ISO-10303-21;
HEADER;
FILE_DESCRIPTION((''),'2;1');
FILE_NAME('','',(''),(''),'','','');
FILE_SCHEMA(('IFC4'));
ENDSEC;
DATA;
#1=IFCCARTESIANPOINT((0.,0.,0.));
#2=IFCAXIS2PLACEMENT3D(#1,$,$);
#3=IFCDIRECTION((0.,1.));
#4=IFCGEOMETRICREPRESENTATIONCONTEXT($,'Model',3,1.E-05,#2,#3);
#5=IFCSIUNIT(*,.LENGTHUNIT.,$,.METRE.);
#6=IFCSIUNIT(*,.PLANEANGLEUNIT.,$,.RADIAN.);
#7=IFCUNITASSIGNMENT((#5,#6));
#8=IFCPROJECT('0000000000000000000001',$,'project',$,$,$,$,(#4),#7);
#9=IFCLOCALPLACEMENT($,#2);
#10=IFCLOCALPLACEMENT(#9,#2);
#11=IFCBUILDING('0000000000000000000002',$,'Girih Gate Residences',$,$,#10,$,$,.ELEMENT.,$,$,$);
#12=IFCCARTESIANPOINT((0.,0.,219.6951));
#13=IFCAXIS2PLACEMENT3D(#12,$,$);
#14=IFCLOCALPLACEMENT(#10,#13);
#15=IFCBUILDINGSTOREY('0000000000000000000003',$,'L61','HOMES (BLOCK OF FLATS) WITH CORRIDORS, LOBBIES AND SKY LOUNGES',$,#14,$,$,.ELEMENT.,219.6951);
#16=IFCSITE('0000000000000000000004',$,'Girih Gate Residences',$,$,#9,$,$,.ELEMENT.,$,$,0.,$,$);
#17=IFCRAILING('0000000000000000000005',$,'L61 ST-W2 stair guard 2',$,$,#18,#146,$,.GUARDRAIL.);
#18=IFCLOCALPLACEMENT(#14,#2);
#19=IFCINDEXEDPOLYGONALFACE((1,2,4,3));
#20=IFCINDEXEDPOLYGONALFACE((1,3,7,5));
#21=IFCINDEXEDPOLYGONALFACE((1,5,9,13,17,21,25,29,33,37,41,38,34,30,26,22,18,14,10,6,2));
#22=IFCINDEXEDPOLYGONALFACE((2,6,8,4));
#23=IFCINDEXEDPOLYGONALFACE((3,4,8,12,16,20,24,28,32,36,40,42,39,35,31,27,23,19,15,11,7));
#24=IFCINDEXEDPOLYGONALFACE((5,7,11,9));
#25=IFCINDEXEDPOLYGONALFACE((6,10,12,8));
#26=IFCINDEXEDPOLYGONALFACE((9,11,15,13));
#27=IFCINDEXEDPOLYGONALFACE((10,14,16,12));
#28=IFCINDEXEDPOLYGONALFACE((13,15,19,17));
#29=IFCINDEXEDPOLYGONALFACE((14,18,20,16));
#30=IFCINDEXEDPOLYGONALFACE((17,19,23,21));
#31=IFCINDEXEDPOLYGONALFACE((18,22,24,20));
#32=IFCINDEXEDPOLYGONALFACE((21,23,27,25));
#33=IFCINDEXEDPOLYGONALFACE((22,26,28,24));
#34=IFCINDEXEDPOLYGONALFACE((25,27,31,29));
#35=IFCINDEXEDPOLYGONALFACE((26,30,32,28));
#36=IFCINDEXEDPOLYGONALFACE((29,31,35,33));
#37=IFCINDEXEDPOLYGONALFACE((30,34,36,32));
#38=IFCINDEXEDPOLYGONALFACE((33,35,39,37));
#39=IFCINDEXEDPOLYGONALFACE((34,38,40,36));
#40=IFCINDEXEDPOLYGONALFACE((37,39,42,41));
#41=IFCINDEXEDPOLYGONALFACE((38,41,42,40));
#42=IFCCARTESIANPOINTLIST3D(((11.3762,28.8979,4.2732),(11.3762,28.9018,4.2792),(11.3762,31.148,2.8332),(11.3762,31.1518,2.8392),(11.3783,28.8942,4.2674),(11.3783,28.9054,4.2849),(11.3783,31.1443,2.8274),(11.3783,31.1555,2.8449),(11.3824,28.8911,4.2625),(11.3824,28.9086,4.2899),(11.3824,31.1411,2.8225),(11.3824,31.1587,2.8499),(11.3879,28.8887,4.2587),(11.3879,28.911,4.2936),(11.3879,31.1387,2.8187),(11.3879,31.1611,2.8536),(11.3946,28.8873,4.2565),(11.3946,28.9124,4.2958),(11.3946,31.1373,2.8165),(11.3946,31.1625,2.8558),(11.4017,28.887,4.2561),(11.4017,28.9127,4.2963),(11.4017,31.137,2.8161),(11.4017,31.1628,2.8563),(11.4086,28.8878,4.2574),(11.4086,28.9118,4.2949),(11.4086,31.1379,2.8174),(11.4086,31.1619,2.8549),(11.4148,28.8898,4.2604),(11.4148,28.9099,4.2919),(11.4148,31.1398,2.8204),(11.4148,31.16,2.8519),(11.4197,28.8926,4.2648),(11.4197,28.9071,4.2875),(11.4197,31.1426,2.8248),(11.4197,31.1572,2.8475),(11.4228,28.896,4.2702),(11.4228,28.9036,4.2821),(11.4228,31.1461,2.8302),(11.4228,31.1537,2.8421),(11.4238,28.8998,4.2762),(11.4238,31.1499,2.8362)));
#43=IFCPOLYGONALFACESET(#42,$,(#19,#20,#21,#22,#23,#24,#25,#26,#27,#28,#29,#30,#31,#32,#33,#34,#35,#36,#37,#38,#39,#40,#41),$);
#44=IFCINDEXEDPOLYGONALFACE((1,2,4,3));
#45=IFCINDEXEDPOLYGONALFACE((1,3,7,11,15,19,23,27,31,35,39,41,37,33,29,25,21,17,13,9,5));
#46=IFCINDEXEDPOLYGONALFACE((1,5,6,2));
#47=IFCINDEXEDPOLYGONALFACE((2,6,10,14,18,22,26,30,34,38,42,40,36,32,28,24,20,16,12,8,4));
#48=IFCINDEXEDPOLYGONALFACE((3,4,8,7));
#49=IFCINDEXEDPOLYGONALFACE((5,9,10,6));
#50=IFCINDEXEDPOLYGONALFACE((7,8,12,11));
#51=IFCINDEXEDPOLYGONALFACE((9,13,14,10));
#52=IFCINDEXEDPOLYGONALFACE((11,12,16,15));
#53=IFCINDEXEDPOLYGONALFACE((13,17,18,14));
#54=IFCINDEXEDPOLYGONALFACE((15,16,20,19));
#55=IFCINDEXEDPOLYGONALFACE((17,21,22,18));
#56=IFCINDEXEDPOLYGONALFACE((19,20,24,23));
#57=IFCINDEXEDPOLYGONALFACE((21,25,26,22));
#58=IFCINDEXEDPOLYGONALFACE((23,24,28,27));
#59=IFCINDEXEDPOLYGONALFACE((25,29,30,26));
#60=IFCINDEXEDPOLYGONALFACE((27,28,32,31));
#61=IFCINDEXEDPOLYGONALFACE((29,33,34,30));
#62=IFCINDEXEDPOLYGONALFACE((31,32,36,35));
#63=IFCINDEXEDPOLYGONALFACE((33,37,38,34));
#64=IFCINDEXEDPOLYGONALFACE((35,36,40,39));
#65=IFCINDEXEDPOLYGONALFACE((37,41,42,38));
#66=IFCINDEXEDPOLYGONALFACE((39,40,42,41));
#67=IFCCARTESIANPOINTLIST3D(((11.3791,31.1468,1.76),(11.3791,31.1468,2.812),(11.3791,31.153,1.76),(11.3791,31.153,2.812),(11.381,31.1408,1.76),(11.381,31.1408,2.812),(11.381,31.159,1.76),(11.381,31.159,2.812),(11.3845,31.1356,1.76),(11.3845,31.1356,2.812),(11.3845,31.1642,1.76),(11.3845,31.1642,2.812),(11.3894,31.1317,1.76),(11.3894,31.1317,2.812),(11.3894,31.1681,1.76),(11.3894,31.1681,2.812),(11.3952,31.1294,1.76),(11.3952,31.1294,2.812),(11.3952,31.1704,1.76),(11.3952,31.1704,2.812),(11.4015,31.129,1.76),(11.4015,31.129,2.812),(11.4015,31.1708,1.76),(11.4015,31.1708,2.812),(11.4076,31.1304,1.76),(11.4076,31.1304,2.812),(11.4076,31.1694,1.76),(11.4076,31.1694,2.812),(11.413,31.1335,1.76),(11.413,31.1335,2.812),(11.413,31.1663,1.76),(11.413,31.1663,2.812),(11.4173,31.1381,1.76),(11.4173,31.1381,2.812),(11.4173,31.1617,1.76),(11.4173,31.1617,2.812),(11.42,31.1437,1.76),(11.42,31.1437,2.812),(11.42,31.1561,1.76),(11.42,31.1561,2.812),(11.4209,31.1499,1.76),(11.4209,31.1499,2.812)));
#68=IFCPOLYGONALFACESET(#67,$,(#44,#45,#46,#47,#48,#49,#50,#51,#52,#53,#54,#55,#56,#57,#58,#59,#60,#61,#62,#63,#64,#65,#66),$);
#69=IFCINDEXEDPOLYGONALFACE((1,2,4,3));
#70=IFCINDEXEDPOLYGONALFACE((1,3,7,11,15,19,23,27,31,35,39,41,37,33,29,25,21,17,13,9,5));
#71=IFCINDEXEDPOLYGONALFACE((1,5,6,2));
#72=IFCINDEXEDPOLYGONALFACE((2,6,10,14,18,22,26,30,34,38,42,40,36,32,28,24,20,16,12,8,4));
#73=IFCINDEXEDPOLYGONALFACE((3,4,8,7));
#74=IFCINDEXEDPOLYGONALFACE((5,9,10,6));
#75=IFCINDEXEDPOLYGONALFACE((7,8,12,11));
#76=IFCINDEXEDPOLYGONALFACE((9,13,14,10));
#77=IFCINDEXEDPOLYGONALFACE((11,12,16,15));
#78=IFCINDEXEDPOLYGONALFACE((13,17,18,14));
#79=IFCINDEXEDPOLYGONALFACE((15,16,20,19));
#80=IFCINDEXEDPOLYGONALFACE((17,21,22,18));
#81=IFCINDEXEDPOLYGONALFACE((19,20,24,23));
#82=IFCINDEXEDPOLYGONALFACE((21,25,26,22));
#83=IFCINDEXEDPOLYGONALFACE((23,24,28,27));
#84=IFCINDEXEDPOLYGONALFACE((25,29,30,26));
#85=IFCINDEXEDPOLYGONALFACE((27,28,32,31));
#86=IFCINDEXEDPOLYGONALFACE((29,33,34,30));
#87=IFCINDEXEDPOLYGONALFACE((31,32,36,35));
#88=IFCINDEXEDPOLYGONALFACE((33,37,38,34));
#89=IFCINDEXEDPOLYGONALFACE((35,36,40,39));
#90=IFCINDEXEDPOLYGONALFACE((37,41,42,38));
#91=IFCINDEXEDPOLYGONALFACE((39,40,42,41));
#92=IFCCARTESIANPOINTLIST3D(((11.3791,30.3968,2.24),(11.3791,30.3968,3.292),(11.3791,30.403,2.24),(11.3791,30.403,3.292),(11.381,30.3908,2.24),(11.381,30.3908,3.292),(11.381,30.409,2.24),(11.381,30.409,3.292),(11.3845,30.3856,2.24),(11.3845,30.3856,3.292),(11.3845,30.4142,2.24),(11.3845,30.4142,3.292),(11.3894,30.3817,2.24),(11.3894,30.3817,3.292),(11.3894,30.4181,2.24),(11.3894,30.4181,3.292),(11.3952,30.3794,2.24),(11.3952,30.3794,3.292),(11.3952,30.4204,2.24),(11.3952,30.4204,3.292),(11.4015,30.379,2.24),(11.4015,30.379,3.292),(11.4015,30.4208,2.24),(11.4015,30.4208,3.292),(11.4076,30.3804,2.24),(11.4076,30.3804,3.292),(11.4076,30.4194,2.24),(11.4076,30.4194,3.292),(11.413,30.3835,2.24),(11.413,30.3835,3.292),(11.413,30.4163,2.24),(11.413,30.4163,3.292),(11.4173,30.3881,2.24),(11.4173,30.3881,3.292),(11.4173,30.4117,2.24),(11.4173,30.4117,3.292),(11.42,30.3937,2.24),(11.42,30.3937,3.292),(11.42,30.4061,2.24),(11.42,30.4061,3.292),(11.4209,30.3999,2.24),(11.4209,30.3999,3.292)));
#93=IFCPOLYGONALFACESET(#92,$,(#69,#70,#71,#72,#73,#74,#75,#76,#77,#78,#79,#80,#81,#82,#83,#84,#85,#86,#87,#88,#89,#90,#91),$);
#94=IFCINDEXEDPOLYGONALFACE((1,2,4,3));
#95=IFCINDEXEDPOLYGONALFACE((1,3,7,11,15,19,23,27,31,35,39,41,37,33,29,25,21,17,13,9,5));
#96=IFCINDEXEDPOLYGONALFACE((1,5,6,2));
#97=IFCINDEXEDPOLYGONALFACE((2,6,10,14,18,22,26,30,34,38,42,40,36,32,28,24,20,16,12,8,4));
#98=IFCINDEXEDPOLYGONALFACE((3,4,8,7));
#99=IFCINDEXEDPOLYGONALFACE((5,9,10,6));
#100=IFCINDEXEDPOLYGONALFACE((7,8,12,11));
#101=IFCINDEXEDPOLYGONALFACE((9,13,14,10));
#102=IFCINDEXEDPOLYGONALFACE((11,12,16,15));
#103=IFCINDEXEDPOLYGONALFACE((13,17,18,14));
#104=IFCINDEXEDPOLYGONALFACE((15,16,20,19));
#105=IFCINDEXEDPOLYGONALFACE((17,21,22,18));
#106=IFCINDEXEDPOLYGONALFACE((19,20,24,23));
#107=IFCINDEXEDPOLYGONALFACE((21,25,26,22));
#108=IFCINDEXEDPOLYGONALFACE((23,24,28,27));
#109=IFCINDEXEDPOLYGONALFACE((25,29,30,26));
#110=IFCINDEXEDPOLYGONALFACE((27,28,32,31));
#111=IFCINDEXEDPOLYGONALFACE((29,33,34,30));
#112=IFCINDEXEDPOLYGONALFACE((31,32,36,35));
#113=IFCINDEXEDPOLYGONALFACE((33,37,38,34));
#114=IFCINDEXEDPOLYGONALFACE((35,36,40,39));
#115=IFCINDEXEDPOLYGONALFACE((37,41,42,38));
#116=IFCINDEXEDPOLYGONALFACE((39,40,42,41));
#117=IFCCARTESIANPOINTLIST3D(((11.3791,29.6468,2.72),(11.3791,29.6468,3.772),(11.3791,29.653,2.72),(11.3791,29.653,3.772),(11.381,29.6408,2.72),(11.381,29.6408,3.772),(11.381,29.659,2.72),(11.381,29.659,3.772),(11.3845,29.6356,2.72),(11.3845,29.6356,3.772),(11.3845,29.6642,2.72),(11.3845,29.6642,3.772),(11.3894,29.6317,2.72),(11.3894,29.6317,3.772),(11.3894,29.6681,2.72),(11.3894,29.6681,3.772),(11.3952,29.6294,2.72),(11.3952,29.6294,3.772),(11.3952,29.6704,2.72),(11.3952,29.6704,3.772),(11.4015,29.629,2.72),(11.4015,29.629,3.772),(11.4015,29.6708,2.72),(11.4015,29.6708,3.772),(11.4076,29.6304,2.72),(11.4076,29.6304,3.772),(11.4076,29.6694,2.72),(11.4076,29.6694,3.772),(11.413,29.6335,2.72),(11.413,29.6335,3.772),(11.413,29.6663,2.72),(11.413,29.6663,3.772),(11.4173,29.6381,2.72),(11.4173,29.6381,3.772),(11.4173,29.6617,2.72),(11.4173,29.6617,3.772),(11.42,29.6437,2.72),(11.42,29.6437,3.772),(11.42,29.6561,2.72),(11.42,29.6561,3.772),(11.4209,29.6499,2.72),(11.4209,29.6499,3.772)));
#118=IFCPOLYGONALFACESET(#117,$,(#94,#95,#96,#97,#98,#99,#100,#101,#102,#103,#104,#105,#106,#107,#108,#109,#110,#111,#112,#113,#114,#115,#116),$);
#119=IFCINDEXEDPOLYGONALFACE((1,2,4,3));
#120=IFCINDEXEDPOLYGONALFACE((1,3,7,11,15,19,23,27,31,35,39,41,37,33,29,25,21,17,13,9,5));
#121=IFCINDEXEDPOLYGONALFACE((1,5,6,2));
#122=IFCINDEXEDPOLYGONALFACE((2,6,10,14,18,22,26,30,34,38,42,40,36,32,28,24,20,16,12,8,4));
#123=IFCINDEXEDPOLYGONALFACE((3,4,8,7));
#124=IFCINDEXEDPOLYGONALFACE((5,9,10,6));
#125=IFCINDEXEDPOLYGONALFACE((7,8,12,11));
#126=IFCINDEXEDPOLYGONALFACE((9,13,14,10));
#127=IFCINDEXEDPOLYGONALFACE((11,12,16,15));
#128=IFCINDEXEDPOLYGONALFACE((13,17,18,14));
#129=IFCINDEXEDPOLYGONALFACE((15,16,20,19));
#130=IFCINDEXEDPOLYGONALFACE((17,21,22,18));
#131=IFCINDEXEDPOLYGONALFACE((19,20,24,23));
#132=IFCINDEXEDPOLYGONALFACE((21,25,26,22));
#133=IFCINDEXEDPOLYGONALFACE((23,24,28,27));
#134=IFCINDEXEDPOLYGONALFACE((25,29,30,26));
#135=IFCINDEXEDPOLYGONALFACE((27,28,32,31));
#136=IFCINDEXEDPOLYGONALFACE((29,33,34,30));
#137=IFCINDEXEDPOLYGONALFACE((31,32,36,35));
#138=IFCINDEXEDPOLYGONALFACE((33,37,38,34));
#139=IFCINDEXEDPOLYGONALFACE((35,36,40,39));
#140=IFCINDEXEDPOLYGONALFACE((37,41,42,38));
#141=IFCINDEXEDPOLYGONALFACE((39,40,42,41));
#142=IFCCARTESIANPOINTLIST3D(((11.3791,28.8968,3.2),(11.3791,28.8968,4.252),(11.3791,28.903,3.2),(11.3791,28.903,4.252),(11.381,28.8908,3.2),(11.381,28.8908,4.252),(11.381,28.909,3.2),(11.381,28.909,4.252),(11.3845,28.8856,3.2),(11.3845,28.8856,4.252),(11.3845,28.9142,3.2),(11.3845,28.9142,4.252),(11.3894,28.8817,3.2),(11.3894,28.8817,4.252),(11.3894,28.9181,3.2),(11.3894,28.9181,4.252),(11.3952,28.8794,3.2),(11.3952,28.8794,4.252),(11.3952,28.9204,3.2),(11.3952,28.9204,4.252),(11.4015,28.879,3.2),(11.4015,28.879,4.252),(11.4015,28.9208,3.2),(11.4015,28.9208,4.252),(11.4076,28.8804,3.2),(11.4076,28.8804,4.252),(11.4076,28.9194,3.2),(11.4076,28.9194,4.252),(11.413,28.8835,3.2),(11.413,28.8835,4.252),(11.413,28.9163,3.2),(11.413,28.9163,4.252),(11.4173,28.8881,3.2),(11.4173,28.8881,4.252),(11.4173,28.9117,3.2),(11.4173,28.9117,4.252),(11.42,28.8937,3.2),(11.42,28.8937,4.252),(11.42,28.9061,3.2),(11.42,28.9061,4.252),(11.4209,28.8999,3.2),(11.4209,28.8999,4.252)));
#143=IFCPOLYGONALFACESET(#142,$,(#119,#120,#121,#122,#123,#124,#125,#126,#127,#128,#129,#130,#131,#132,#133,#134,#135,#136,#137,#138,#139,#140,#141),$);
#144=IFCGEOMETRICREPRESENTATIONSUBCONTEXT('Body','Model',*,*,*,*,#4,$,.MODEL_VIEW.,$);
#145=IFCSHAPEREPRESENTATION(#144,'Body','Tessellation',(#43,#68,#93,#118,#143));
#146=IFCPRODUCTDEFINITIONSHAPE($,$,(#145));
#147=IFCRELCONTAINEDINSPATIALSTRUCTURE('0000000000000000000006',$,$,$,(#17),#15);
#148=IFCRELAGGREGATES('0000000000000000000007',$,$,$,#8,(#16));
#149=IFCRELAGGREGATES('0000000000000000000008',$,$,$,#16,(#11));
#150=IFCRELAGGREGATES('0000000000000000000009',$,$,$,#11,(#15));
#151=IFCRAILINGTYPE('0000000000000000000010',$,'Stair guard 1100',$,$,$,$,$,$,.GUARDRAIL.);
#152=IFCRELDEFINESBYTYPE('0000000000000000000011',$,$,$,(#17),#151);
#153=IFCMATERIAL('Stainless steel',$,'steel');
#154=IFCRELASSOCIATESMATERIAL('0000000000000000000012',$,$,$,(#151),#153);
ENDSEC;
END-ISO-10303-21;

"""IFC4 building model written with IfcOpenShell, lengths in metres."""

from ifc_helpers import new_model, si_unit, direction, frame, origin, origin_2d, place, context, subcontext, project, spatial, circle, extrude, material, type_object, element, save


model = new_model("IFC4")

# Units and contexts
model_context = context("Model", 3, precision=1e-05, world=origin(), true_north=direction((0.0, 1.0)))
body_context = subcontext(model_context, "Body", "Model", "MODEL_VIEW")
ifc_project = project(units=[si_unit("LENGTHUNIT", "METRE"), si_unit("PLANEANGLEUNIT", "RADIAN")], contexts=[model_context])

# Site, building, storey
site_placement = place(None, origin())
site = spatial("IfcSite", under=ifc_project, at=site_placement, Name="Girih Gate Residences", CompositionType="ELEMENT", RefElevation=0.0)
building_placement = place(site_placement, origin())
building = spatial("IfcBuilding", under=site, at=building_placement, Name="Girih Gate Residences", CompositionType="ELEMENT")
storey_placement = place(building_placement, frame((0.0, 0.0, 219.6951)))
storey = spatial("IfcBuildingStorey", under=building, at=storey_placement, Name="L61", Description="HOMES (BLOCK OF FLATS) WITH CORRIDORS, LOBBIES AND SKY LOUNGES", CompositionType="ELEMENT", Elevation=219.6951)

# Railing
ifc_material_1 = material(Name="Stainless steel", Category="steel")
railing_type_1 = type_object("IfcRailingType", Name="Stair guard 1100", PredefinedType="GUARDRAIL", material=ifc_material_1)
railing_1_placement = place(storey_placement, frame((11.3999, 31.1499, 1.76)))
element("IfcRailing", 1, at=railing_1_placement, inside=storey, type_object=railing_type_1, Name="L61 ST-W2 stair guard 2", PredefinedType="GUARDRAIL", context=body_context, shape_type="SweptSolid", body=[
    extrude(circle(Radius=0.0239, at=origin_2d()), frame((0.0, 0.0, 1.0762), z_axis=(0.0, -0.842281, 0.539038), x_axis=(1.0, 0.0, 0.0)), (0.0, 0.0, 1.0), 2.6714),
    extrude(circle(Radius=0.021, at=origin_2d()), origin(), (0.0, 0.0, 1.0), 1.052),
    extrude(circle(Radius=0.021, at=origin_2d()), frame((0.0, -0.75, 0.48)), (0.0, 0.0, 1.0), 1.052),
    extrude(circle(Radius=0.021, at=origin_2d()), frame((0.0, -1.5, 0.96)), (0.0, 0.0, 1.0), 1.052),
    extrude(circle(Radius=0.021, at=origin_2d()), frame((0.0, -2.25, 1.4399)), (0.0, 0.0, 1.0), 1.052),
])

save(model, "model.ifc")
